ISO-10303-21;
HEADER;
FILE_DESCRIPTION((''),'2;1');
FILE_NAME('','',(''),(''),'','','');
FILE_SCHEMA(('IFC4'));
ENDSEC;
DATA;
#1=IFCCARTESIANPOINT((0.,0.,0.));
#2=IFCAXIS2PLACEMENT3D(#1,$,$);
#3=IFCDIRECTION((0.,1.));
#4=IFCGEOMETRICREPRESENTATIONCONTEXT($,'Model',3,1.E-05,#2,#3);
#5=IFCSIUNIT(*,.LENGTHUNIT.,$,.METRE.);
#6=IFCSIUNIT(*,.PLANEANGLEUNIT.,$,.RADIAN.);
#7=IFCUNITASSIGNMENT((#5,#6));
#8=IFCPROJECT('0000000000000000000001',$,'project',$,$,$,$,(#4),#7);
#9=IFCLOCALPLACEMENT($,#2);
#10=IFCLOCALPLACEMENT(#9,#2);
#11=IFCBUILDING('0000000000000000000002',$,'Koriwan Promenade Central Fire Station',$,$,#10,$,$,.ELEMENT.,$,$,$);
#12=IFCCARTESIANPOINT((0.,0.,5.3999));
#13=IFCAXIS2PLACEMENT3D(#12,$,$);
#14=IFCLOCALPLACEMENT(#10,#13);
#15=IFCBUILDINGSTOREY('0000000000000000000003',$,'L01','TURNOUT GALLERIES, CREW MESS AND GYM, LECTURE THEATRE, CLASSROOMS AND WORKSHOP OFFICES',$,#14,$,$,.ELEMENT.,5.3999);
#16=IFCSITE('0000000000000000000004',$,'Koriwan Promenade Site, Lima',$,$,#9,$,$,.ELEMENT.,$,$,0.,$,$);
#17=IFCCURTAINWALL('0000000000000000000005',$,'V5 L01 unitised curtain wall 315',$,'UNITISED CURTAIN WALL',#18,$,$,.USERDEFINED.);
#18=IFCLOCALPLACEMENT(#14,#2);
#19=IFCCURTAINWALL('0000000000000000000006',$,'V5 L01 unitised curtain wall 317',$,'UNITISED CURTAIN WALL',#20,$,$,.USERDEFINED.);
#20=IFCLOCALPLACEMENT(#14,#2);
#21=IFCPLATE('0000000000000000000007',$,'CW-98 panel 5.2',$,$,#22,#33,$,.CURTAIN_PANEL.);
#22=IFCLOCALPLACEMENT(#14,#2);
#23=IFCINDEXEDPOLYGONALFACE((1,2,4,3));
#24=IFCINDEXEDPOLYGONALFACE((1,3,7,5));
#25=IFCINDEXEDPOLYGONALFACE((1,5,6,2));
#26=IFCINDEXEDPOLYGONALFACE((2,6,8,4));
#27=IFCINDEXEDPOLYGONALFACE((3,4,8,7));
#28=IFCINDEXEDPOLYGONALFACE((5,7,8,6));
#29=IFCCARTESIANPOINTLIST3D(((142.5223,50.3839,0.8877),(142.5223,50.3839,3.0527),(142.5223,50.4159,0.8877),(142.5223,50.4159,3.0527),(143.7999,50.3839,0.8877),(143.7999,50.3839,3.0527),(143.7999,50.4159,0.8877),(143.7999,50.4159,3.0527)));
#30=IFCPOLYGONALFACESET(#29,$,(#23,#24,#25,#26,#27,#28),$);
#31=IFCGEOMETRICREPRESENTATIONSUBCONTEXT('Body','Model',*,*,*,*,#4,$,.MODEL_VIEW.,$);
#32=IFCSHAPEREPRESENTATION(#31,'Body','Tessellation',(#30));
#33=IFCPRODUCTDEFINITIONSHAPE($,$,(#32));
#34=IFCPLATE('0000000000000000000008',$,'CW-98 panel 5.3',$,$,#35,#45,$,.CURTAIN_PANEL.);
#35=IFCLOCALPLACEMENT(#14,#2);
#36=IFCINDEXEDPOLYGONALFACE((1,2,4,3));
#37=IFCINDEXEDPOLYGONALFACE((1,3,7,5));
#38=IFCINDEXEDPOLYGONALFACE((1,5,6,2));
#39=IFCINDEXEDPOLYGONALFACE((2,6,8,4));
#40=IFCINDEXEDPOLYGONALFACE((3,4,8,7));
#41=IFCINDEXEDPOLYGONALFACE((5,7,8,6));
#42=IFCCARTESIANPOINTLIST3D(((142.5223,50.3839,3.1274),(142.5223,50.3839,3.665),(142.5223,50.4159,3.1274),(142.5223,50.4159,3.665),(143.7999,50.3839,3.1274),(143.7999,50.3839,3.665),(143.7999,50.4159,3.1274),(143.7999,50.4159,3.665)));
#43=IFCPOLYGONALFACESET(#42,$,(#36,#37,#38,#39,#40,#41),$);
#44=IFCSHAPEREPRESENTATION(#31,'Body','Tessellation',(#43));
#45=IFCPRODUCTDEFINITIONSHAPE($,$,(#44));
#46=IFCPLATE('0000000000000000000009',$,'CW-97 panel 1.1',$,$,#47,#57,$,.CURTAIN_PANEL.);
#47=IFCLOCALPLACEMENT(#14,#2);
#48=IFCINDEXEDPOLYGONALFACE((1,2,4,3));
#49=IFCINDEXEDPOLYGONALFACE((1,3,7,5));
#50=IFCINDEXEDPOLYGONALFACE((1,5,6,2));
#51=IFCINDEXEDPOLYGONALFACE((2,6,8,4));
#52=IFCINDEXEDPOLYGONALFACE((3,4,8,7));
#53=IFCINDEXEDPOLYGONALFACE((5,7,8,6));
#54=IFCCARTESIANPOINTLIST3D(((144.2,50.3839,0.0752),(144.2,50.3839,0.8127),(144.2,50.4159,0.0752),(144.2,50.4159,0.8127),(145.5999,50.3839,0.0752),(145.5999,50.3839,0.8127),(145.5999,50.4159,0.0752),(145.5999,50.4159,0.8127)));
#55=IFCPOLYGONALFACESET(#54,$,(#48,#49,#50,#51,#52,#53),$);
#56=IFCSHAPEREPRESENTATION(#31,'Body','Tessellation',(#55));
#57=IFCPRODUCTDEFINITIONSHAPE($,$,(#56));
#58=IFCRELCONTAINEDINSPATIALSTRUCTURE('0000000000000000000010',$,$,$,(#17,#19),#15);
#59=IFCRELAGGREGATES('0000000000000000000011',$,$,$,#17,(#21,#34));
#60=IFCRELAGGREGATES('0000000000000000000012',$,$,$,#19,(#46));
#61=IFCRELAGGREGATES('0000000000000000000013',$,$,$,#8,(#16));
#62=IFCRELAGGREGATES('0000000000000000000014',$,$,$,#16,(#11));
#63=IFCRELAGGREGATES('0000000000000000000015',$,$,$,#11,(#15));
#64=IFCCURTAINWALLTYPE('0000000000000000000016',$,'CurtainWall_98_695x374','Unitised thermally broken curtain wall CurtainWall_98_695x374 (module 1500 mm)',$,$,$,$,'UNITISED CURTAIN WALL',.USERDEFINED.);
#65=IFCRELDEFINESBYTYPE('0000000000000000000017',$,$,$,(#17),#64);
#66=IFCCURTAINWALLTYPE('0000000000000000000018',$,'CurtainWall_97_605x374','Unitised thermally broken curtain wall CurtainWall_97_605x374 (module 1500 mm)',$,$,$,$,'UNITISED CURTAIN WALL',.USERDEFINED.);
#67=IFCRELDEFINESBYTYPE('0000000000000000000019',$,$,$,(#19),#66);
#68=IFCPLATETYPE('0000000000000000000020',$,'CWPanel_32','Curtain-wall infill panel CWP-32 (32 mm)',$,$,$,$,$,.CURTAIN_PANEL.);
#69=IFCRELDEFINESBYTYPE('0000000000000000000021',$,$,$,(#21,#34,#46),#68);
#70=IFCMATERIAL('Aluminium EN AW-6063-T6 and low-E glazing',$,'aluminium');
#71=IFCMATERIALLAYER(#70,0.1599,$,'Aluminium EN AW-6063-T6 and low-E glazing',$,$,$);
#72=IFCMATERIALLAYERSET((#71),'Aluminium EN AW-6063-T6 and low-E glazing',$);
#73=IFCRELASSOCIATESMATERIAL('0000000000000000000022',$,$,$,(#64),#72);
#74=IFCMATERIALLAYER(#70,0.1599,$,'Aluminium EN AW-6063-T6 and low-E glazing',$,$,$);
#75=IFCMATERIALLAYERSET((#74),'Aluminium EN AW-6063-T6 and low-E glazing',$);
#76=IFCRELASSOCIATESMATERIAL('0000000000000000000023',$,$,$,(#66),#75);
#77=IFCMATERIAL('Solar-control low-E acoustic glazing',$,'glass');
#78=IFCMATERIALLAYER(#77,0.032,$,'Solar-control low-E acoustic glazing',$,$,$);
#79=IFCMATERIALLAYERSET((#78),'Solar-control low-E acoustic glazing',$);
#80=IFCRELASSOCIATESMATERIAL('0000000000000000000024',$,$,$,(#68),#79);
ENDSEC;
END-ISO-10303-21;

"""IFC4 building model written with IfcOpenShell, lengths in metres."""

from ifc_helpers import new_model, si_unit, direction, frame, origin, origin_2d, place, context, subcontext, project, spatial, rectangle, extrude, material, layer, layer_set, type_object, element, aggregate, save


model = new_model("IFC4")

# Units and contexts
model_context = context("Model", 3, precision=1e-05, world=origin(), true_north=direction((0.0, 1.0)))
body_context = subcontext(model_context, "Body", "Model", "MODEL_VIEW")
ifc_project = project(units=[si_unit("LENGTHUNIT", "METRE"), si_unit("PLANEANGLEUNIT", "RADIAN")], contexts=[model_context])

# Site, building, storey
site_placement = place(None, origin())
site = spatial("IfcSite", under=ifc_project, at=site_placement, Name="Koriwan Promenade Site, Lima", CompositionType="ELEMENT", RefElevation=0.0)
building_placement = place(site_placement, origin())
building = spatial("IfcBuilding", under=site, at=building_placement, Name="Koriwan Promenade Central Fire Station", CompositionType="ELEMENT")
storey_placement = place(building_placement, frame((0.0, 0.0, 5.3999)))
storey = spatial("IfcBuildingStorey", under=building, at=storey_placement, Name="L01", Description="TURNOUT GALLERIES, CREW MESS AND GYM, LECTURE THEATRE, CLASSROOMS AND WORKSHOP OFFICES", CompositionType="ELEMENT", Elevation=5.3999)

# Curtain wall
ifc_material_1 = material(Name="Aluminium EN AW-6063-T6 and low-E glazing", Category="aluminium")
ifc_layer_1 = layer(ifc_material_1, 0.1599, Name="Aluminium EN AW-6063-T6 and low-E glazing")
ifc_layer_set_1 = layer_set([ifc_layer_1], Name="Aluminium EN AW-6063-T6 and low-E glazing")
curtain_wall_type_1 = type_object("IfcCurtainWallType", Name="CurtainWall_98_695x374", Description="Unitised thermally broken curtain wall CurtainWall_98_695x374 (module 1500 mm)", ElementType="UNITISED CURTAIN WALL", PredefinedType="USERDEFINED", material=ifc_layer_set_1)
curtain_wall_1_placement = place(storey_placement, origin())
curtain_wall_1 = element("IfcCurtainWall", 1, at=curtain_wall_1_placement, inside=storey, type_object=curtain_wall_type_1, Name="V5 L01 unitised curtain wall 315", ObjectType="UNITISED CURTAIN WALL", PredefinedType="USERDEFINED")

# Curtain wall
ifc_layer_2 = layer(ifc_material_1, 0.1599, Name="Aluminium EN AW-6063-T6 and low-E glazing")
ifc_layer_set_2 = layer_set([ifc_layer_2], Name="Aluminium EN AW-6063-T6 and low-E glazing")
curtain_wall_type_2 = type_object("IfcCurtainWallType", Name="CurtainWall_97_605x374", Description="Unitised thermally broken curtain wall CurtainWall_97_605x374 (module 1500 mm)", ElementType="UNITISED CURTAIN WALL", PredefinedType="USERDEFINED", material=ifc_layer_set_2)
curtain_wall_2_placement = place(storey_placement, origin())
curtain_wall_2 = element("IfcCurtainWall", 2, at=curtain_wall_2_placement, inside=storey, type_object=curtain_wall_type_2, Name="V5 L01 unitised curtain wall 317", ObjectType="UNITISED CURTAIN WALL", PredefinedType="USERDEFINED")

# Plates
ifc_material_2 = material(Name="Solar-control low-E acoustic glazing", Category="glass")
ifc_layer_3 = layer(ifc_material_2, 0.032, Name="Solar-control low-E acoustic glazing")
ifc_layer_set_3 = layer_set([ifc_layer_3], Name="Solar-control low-E acoustic glazing")
plate_type = type_object("IfcPlateType", Name="CWPanel_32", Description="Curtain-wall infill panel CWP-32 (32 mm)", PredefinedType="CURTAIN_PANEL", material=ifc_layer_set_3)
plate_1_placement = place(storey_placement, frame((143.1611, 50.3999, 0.8877), z_axis=(0.0, 0.0, 1.0), x_axis=(1.0, 0.0, 0.0)))
plate_1 = element("IfcPlate", 3, at=plate_1_placement, type_object=plate_type, Name="CW-98 panel 5.2", PredefinedType="CURTAIN_PANEL", context=body_context, shape_type="SweptSolid", body=[
    extrude(rectangle(XDim=1.2776, YDim=0.032, at=origin_2d()), origin(), (0.0, 0.0, 1.0), 2.165),
])
plate_2_placement = place(storey_placement, frame((143.1611, 50.3999, 3.1274), z_axis=(0.0, 0.0, 1.0), x_axis=(1.0, 0.0, 0.0)))
plate_2 = element("IfcPlate", 4, at=plate_2_placement, type_object=plate_type, Name="CW-98 panel 5.3", PredefinedType="CURTAIN_PANEL", context=body_context, shape_type="SweptSolid", body=[
    extrude(rectangle(XDim=1.2776, YDim=0.032, at=origin_2d()), origin(), (0.0, 0.0, 1.0), 0.5376),
])
aggregate(curtain_wall_1, [plate_1, plate_2])
plate_3_placement = place(storey_placement, frame((144.8999, 50.3999, 0.0752), z_axis=(0.0, 0.0, 1.0), x_axis=(1.0, 0.0, 0.0)))
plate_3 = element("IfcPlate", 5, at=plate_3_placement, type_object=plate_type, Name="CW-97 panel 1.1", PredefinedType="CURTAIN_PANEL", context=body_context, shape_type="SweptSolid", body=[
    extrude(rectangle(XDim=1.3999, YDim=0.032, at=origin_2d()), origin(), (0.0, 0.0, 1.0), 0.7375),
])
aggregate(curtain_wall_2, [plate_3])

save(model, "model.ifc")
